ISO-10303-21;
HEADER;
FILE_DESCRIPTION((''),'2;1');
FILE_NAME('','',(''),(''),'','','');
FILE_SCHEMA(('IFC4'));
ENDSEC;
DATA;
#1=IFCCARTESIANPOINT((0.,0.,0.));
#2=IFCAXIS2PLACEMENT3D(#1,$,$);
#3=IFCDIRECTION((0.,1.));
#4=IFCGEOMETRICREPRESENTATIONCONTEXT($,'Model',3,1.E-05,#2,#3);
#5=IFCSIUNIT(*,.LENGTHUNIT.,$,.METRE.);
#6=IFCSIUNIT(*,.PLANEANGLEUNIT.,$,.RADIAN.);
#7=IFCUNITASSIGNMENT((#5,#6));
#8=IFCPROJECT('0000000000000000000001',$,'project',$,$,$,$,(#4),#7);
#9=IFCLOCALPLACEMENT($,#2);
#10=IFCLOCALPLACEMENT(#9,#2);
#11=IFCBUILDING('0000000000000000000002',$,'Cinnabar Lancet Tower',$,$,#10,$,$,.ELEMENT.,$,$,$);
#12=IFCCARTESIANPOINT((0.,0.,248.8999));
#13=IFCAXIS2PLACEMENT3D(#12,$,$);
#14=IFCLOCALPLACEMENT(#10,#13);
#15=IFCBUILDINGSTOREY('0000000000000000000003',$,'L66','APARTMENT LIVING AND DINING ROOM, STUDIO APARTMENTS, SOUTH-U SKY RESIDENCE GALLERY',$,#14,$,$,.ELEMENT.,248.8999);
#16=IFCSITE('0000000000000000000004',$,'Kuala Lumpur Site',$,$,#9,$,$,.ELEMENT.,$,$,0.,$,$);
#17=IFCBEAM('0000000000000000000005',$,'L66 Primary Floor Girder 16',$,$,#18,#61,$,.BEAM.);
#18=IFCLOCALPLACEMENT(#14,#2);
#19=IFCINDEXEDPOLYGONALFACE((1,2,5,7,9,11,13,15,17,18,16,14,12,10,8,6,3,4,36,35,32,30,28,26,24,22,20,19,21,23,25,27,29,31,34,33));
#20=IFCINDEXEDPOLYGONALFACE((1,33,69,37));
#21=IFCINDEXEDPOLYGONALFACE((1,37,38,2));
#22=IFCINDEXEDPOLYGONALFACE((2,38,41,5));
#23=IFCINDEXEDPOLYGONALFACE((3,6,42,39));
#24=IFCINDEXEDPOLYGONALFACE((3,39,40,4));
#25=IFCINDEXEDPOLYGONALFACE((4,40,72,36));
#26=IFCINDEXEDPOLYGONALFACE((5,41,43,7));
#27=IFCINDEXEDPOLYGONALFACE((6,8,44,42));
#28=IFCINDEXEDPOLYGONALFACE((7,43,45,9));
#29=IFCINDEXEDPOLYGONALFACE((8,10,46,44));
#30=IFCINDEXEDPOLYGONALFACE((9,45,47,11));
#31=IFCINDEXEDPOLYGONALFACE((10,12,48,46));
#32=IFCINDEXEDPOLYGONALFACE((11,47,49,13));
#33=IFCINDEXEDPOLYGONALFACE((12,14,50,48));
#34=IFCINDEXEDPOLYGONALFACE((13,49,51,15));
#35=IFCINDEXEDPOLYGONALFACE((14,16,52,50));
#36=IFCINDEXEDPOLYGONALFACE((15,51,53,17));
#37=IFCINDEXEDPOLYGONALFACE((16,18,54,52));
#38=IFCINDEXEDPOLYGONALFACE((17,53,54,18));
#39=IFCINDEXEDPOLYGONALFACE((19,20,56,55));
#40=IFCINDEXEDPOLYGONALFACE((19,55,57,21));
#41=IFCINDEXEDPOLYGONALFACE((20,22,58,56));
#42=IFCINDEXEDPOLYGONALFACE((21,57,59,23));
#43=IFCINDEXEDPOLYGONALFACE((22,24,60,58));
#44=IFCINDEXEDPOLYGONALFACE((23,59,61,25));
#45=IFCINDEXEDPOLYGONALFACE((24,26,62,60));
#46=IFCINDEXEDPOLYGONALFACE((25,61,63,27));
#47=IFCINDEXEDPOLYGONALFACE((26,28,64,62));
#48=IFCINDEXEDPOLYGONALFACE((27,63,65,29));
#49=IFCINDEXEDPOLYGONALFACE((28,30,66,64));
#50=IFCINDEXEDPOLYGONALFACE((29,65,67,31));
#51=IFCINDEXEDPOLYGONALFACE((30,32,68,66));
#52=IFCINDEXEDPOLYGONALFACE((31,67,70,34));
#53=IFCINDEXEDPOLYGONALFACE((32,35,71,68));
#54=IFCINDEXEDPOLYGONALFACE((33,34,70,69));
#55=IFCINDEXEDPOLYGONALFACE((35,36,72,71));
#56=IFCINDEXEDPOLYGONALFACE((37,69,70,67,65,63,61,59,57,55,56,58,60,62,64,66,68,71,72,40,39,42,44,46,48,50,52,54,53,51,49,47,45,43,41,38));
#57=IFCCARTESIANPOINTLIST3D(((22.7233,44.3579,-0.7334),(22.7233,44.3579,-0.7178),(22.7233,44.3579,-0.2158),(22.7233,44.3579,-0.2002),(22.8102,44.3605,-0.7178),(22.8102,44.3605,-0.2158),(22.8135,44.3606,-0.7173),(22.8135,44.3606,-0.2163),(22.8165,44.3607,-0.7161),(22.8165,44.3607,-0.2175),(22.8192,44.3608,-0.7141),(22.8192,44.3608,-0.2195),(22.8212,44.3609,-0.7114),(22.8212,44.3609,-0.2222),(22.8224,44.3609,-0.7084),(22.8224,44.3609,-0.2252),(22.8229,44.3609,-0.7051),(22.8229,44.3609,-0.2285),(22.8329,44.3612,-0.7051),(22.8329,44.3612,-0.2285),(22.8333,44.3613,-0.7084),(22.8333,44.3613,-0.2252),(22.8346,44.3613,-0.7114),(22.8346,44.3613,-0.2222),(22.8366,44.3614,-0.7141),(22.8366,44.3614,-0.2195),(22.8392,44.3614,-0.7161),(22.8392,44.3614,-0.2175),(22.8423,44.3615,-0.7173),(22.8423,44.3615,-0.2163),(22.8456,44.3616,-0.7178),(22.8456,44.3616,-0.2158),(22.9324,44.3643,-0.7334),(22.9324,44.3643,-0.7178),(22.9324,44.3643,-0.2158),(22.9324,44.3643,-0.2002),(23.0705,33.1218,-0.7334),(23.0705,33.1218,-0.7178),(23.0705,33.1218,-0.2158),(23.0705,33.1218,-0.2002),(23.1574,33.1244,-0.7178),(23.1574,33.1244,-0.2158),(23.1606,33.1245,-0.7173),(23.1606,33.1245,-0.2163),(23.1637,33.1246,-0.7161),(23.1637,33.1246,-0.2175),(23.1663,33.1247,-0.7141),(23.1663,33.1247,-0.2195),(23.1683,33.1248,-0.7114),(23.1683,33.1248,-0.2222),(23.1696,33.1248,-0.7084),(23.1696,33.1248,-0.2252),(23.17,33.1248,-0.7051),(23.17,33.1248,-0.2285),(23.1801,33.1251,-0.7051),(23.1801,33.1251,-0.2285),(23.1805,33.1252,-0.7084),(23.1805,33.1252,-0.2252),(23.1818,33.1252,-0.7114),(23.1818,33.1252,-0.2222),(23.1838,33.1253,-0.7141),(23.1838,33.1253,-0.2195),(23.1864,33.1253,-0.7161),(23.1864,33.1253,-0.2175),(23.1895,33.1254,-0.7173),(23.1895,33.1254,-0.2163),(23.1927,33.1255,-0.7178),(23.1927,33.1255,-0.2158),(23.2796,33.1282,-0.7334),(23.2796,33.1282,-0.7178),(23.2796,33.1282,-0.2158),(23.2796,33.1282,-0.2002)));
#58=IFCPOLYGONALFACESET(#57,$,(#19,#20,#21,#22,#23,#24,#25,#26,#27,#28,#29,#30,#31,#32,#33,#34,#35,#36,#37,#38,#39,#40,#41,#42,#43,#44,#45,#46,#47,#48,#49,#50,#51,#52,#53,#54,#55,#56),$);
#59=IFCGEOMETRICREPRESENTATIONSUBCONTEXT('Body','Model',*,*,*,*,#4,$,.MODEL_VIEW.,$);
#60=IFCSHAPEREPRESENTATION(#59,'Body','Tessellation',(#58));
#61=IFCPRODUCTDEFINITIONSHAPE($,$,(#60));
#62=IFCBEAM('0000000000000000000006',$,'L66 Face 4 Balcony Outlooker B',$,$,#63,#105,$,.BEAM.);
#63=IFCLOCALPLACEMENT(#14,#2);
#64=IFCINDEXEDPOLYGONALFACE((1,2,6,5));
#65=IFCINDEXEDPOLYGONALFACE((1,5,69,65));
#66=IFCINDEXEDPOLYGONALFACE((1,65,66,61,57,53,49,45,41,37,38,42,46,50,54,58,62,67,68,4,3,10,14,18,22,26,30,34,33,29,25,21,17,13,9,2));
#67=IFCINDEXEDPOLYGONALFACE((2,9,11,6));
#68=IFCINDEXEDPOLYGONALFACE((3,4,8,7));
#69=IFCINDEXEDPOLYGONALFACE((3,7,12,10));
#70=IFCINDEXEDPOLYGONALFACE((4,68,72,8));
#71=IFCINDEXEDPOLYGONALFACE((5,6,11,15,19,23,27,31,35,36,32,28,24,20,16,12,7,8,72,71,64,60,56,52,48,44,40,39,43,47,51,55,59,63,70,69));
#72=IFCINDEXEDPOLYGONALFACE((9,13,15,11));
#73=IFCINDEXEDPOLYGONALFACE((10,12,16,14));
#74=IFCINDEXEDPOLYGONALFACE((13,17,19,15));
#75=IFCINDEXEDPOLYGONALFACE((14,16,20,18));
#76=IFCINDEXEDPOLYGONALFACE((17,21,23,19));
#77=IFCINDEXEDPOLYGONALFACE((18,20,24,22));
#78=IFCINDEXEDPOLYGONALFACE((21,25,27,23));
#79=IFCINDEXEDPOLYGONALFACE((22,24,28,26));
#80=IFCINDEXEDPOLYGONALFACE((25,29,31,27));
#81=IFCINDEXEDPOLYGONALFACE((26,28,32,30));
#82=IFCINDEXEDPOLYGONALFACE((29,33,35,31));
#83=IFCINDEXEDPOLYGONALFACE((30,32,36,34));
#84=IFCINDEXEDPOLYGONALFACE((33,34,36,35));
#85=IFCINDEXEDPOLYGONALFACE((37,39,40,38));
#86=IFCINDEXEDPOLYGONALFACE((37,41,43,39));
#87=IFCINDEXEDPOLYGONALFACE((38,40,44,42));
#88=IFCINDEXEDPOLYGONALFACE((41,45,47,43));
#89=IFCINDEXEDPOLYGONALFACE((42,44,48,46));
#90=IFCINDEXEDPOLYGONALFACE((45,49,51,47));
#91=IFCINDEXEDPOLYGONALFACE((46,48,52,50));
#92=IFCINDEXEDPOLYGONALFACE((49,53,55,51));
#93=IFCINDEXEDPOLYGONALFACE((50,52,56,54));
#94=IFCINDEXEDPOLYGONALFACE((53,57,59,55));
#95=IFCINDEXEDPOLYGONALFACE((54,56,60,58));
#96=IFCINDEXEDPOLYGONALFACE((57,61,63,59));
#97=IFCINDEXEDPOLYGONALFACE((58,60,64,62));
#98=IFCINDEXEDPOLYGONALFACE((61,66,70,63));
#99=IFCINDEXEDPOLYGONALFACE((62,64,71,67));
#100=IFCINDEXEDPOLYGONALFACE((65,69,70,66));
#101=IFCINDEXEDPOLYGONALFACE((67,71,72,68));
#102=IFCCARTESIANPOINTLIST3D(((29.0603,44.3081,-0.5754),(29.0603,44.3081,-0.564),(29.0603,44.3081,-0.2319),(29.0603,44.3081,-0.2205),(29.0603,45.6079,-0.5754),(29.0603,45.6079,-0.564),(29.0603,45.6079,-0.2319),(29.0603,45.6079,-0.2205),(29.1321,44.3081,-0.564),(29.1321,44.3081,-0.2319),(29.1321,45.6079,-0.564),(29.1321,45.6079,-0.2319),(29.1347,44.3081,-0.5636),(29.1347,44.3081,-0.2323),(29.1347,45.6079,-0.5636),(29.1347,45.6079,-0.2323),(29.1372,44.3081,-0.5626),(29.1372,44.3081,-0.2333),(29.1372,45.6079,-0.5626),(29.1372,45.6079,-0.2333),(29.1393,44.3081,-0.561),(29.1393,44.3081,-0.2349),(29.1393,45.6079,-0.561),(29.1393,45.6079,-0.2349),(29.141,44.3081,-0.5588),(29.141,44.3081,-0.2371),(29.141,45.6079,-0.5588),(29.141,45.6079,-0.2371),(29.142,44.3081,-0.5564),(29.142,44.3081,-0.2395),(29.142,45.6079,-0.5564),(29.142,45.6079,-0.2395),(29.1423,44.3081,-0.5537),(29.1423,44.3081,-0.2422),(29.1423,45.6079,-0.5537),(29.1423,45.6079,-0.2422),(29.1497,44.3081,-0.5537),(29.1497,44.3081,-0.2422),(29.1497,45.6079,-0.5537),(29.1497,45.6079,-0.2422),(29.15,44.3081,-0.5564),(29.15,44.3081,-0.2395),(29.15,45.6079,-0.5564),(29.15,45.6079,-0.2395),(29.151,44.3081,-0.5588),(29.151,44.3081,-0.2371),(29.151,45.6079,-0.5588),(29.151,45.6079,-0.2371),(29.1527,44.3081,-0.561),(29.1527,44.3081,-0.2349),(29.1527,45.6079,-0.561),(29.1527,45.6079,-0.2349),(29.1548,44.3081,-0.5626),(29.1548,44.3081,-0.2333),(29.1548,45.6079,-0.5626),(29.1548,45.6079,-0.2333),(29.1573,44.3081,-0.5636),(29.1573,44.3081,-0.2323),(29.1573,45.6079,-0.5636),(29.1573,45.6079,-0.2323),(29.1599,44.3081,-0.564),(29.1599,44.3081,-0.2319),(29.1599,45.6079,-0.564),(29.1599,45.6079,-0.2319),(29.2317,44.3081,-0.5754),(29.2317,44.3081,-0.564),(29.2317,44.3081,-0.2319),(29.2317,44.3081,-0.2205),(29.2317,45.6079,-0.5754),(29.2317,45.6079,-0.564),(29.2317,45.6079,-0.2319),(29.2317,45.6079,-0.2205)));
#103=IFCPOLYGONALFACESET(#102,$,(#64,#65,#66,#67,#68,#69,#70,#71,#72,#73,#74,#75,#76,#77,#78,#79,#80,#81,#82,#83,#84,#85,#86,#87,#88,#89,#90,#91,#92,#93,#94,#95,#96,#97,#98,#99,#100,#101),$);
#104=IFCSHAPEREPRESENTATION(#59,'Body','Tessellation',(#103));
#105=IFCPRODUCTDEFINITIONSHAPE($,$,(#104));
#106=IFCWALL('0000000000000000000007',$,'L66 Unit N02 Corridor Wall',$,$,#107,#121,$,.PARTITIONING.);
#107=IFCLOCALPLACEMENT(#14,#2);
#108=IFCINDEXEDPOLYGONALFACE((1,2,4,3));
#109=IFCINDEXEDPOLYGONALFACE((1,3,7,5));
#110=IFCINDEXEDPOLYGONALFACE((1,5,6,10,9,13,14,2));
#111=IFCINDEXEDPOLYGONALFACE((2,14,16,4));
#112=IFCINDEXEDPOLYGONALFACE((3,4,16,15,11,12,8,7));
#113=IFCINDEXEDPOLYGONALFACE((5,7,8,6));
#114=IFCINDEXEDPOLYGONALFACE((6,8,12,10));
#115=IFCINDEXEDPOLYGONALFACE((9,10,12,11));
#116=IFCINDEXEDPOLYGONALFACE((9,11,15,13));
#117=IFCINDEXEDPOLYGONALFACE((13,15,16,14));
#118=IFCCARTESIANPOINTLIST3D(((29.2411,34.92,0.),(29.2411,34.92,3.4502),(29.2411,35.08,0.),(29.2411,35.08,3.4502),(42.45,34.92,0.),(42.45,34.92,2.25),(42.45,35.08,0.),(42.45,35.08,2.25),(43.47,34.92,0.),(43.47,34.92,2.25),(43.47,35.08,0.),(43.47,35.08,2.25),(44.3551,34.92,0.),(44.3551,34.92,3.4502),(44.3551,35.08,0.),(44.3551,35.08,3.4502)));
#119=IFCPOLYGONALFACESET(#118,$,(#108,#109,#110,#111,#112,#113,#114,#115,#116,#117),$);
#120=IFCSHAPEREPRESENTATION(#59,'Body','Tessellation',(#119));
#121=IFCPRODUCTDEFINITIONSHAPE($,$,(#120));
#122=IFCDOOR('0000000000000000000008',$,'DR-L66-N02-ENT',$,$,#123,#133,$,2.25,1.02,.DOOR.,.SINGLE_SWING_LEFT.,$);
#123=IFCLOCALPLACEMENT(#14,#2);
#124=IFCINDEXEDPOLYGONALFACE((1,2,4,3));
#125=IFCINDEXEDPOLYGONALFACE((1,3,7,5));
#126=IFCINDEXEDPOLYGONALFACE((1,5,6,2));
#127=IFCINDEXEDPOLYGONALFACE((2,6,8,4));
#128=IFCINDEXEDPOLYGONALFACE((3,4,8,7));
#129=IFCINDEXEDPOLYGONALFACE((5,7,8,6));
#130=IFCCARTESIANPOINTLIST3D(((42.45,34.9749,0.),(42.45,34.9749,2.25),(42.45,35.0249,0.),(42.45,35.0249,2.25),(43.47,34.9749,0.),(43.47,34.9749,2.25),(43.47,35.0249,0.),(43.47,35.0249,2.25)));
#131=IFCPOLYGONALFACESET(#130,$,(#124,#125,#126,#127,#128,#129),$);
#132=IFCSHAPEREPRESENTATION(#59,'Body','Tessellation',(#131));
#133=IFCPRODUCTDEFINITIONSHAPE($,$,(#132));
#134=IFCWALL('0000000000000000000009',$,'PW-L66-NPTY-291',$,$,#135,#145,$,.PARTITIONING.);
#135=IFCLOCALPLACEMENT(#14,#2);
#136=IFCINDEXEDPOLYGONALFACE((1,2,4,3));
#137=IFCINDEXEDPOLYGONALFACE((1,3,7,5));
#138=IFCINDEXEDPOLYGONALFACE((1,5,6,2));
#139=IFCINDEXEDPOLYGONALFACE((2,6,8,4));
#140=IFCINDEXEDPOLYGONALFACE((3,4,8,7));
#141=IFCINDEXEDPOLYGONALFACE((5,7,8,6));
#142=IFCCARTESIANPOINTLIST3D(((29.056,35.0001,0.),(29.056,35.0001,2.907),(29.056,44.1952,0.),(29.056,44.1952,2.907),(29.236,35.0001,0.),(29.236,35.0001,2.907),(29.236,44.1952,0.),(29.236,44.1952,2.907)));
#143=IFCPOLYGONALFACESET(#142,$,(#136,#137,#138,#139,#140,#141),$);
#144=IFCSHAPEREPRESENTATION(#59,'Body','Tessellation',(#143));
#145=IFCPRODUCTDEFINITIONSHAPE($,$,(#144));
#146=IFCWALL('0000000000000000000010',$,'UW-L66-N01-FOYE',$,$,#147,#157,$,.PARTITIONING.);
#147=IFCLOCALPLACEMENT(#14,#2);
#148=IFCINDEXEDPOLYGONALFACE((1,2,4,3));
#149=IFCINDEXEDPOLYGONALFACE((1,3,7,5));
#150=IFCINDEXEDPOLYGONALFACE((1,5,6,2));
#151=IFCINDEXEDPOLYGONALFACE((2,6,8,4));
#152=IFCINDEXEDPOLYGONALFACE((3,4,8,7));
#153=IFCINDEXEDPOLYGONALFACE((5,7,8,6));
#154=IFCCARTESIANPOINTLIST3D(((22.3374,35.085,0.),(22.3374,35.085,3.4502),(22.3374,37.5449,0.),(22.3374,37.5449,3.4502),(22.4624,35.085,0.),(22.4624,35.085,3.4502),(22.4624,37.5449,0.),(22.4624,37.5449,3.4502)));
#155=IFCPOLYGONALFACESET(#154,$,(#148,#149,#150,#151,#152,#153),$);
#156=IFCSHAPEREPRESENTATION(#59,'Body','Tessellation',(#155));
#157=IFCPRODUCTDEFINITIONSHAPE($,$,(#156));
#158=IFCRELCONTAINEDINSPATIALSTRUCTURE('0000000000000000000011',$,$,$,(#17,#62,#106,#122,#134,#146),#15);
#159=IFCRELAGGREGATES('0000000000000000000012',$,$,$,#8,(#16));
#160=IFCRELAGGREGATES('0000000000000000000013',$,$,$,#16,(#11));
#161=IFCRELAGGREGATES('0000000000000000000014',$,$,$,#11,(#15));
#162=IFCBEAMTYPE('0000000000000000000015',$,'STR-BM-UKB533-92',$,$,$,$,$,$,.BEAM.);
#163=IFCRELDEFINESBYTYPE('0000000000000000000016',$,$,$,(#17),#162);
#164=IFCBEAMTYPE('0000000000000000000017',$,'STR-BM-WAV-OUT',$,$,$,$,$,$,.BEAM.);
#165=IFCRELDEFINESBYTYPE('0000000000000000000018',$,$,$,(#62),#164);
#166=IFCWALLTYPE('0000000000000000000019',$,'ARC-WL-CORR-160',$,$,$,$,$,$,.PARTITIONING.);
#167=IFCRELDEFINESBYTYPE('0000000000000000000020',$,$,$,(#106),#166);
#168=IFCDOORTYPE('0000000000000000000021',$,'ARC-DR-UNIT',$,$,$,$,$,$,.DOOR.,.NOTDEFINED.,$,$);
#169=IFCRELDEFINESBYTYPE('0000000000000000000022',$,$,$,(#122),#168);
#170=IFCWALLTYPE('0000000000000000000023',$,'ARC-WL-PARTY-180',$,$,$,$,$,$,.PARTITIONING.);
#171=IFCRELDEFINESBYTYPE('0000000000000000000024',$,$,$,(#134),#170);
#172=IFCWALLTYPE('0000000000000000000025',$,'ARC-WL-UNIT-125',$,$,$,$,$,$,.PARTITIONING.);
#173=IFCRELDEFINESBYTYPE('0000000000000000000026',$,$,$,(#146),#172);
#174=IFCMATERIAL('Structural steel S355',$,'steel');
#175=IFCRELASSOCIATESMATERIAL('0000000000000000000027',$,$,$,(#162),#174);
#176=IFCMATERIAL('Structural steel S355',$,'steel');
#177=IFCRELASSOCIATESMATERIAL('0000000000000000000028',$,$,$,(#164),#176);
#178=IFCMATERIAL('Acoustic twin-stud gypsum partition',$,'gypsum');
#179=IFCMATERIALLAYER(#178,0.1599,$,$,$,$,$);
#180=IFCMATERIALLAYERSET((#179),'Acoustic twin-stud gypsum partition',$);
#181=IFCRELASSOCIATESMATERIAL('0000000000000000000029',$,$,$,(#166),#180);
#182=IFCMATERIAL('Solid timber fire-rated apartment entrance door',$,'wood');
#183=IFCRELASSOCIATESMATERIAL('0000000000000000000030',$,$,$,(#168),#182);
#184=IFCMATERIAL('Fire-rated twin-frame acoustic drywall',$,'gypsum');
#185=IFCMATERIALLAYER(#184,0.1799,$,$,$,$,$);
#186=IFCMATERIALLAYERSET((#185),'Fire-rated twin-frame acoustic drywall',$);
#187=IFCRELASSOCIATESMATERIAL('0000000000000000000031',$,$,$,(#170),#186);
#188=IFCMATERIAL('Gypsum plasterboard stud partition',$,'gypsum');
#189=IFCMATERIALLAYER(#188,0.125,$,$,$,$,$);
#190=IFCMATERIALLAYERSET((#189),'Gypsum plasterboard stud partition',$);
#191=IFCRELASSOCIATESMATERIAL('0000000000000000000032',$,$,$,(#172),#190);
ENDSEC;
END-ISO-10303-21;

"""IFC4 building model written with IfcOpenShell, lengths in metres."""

from ifc_helpers import new_model, si_unit, direction, frame, frame_2d, origin, origin_2d, place, context, subcontext, project, spatial, rectangle, i_section, extrude, material, layer, layer_set, material_profile, profile_set, type_object, element, fill, save


model = new_model("IFC4")

# Units and contexts
model_context = context("Model", 3, precision=1e-05, world=origin(), true_north=direction((0.0, 1.0)))
body_context = subcontext(model_context, "Body", "Model", "MODEL_VIEW")
ifc_project = project(units=[si_unit("LENGTHUNIT", "METRE"), si_unit("PLANEANGLEUNIT", "RADIAN")], contexts=[model_context])

# Site, building, storey
site_placement = place(None, origin())
site = spatial("IfcSite", under=ifc_project, at=site_placement, Name="Kuala Lumpur Site", CompositionType="ELEMENT", RefElevation=0.0)
building_placement = place(site_placement, origin())
building = spatial("IfcBuilding", under=site, at=building_placement, Name="Cinnabar Lancet Tower", CompositionType="ELEMENT")
storey_placement = place(building_placement, frame((0.0, 0.0, 248.8999)))
storey = spatial("IfcBuildingStorey", under=building, at=storey_placement, Name="L66", Description="APARTMENT LIVING AND DINING ROOM, STUDIO APARTMENTS, SOUTH-U SKY RESIDENCE GALLERY", CompositionType="ELEMENT", Elevation=248.8999)

# Beams
ifc_material_1 = material(Name="Structural steel S355", Category="steel")
ifc_material_profile_1 = material_profile(ifc_material_1, i_section(OverallWidth=0.2092, OverallDepth=0.5332, WebThickness=0.01, FlangeThickness=0.0156, FilletRadius=0.0127, at=origin_2d()), Name="UKB 533x210x92")
ifc_profile_set_1 = profile_set([ifc_material_profile_1], Name="Structural steel S355")
beam_type_1 = type_object("IfcBeamType", Name="STR-BM-UKB533-92", PredefinedType="BEAM", material=ifc_profile_set_1)
beam_1_placement = place(storey_placement, frame((22.8279, 44.3611, -0.4668), z_axis=(0.030883, -0.999523, 0.0), x_axis=(0.999523, 0.030883, 0.0)))
element("IfcBeam", 1, at=beam_1_placement, inside=storey, type_object=beam_type_1, Name="L66 Primary Floor Girder 16", PredefinedType="BEAM", context=body_context, shape_type="SweptSolid", body=[
    extrude(i_section(OverallWidth=0.2092, OverallDepth=0.5332, WebThickness=0.01, FlangeThickness=0.0156, FilletRadius=0.0127, at=origin_2d()), origin(), (0.0, 0.0, 1.0), 11.2415),
])
ifc_material_2 = material(Name="Structural steel S355", Category="steel")
ifc_material_profile_2 = material_profile(ifc_material_2, i_section(OverallWidth=0.1714, OverallDepth=0.355, WebThickness=0.0073, FlangeThickness=0.0115, FilletRadius=0.0103, at=origin_2d()), Name="UKB 356x171x51")
ifc_profile_set_2 = profile_set([ifc_material_profile_2], Name="Structural steel S355")
beam_type_2 = type_object("IfcBeamType", Name="STR-BM-WAV-OUT", PredefinedType="BEAM", material=ifc_profile_set_2)
beam_2_placement = place(storey_placement, frame((29.146, 44.3081, -0.3979), z_axis=(0.0, 1.0, 0.0), x_axis=(-1.0, 0.0, 0.0)))
element("IfcBeam", 2, at=beam_2_placement, inside=storey, type_object=beam_type_2, Name="L66 Face 4 Balcony Outlooker B", PredefinedType="BEAM", context=body_context, shape_type="SweptSolid", body=[
    extrude(i_section(OverallWidth=0.1714, OverallDepth=0.355, WebThickness=0.0073, FlangeThickness=0.0115, FilletRadius=0.0103, at=origin_2d()), origin(), (0.0, 0.0, 1.0), 1.2998),
])

# Wall, opening, door
ifc_material_3 = material(Name="Acoustic twin-stud gypsum partition", Category="gypsum")
ifc_layer_1 = layer(ifc_material_3, 0.1599)
ifc_layer_set_1 = layer_set([ifc_layer_1], Name="Acoustic twin-stud gypsum partition")
wall_type_1 = type_object("IfcWallType", Name="ARC-WL-CORR-160", PredefinedType="PARTITIONING", material=ifc_layer_set_1)
wall_1_placement = place(storey_placement, frame((29.241, 35.0, 0.0), z_axis=(0.0, 0.0, 1.0), x_axis=(1.0, 0.0, 0.0)))
wall_1 = element("IfcWall", 3, at=wall_1_placement, inside=storey, type_object=wall_type_1, Name="L66 Unit N02 Corridor Wall", PredefinedType="PARTITIONING", context=body_context, shape_type="SweptSolid", body=[
    extrude(rectangle(XDim=15.114, YDim=0.1599, at=frame_2d((7.5571, 0.0))), origin(), (0.0, 0.0, 1.0), 3.4502),
])
opening_1_placement = place(wall_1_placement, frame((13.209, 0.0, 0.0)))
opening_1 = element("IfcOpeningElement", 4, at=opening_1_placement, cuts=wall_1, PredefinedType="OPENING", context=body_context, shape_type="SweptSolid", body=[
    extrude(rectangle(XDim=1.02, YDim=2.25, at=frame_2d((0.51, 1.125))), frame((0.0, 0.0898, 0.0), z_axis=(0.0, -1.0, 0.0), x_axis=(1.0, 0.0, 0.0)), (0.0, 0.0, 1.0), 0.1799),
])
ifc_material_4 = material(Name="Solid timber fire-rated apartment entrance door", Category="wood")
door_type_1 = type_object("IfcDoorType", Name="ARC-DR-UNIT", OperationType="NOTDEFINED", PredefinedType="DOOR", material=ifc_material_4)
door_1_placement = place(opening_1_placement, origin())
door_1 = element("IfcDoor", 5, at=door_1_placement, inside=storey, type_object=door_type_1, Name="DR-L66-N02-ENT", OperationType="SINGLE_SWING_LEFT", OverallHeight=2.25, OverallWidth=1.02, PredefinedType="DOOR", context=body_context, shape_type="SweptSolid", body=[
    extrude(rectangle(XDim=1.02, YDim=2.25, at=frame_2d((0.51, 1.125))), frame((0.0, 0.0249, 0.0), z_axis=(0.0, -1.0, 0.0), x_axis=(1.0, 0.0, 0.0)), (0.0, 0.0, 1.0), 0.05),
])
fill(opening_1, door_1)

# Walls
ifc_material_5 = material(Name="Fire-rated twin-frame acoustic drywall", Category="gypsum")
ifc_layer_2 = layer(ifc_material_5, 0.1799)
ifc_layer_set_2 = layer_set([ifc_layer_2], Name="Fire-rated twin-frame acoustic drywall")
wall_type_2 = type_object("IfcWallType", Name="ARC-WL-PARTY-180", PredefinedType="PARTITIONING", material=ifc_layer_set_2)
wall_2_placement = place(storey_placement, frame((29.146, 35.0, 0.0), z_axis=(0.0, 0.0, 1.0), x_axis=(0.0, 1.0, 0.0)))
element("IfcWall", 6, at=wall_2_placement, inside=storey, type_object=wall_type_2, Name="PW-L66-NPTY-291", PredefinedType="PARTITIONING", context=body_context, shape_type="SweptSolid", body=[
    extrude(rectangle(XDim=9.1951, YDim=0.1799, at=frame_2d((4.5977, 0.0))), origin(), (0.0, 0.0, 1.0), 2.907),
])
ifc_material_6 = material(Name="Gypsum plasterboard stud partition", Category="gypsum")
ifc_layer_3 = layer(ifc_material_6, 0.125)
ifc_layer_set_3 = layer_set([ifc_layer_3], Name="Gypsum plasterboard stud partition")
wall_type_3 = type_object("IfcWallType", Name="ARC-WL-UNIT-125", PredefinedType="PARTITIONING", material=ifc_layer_set_3)
wall_3_placement = place(storey_placement, frame((22.3999, 35.085, 0.0), z_axis=(0.0, 0.0, 1.0), x_axis=(0.0, 1.0, 0.0)))
element("IfcWall", 7, at=wall_3_placement, inside=storey, type_object=wall_type_3, Name="UW-L66-N01-FOYE", PredefinedType="PARTITIONING", context=body_context, shape_type="SweptSolid", body=[
    extrude(rectangle(XDim=2.46, YDim=0.125, at=frame_2d((1.23, 0.0))), origin(), (0.0, 0.0, 1.0), 3.4502),
])

save(model, "model.ifc")
